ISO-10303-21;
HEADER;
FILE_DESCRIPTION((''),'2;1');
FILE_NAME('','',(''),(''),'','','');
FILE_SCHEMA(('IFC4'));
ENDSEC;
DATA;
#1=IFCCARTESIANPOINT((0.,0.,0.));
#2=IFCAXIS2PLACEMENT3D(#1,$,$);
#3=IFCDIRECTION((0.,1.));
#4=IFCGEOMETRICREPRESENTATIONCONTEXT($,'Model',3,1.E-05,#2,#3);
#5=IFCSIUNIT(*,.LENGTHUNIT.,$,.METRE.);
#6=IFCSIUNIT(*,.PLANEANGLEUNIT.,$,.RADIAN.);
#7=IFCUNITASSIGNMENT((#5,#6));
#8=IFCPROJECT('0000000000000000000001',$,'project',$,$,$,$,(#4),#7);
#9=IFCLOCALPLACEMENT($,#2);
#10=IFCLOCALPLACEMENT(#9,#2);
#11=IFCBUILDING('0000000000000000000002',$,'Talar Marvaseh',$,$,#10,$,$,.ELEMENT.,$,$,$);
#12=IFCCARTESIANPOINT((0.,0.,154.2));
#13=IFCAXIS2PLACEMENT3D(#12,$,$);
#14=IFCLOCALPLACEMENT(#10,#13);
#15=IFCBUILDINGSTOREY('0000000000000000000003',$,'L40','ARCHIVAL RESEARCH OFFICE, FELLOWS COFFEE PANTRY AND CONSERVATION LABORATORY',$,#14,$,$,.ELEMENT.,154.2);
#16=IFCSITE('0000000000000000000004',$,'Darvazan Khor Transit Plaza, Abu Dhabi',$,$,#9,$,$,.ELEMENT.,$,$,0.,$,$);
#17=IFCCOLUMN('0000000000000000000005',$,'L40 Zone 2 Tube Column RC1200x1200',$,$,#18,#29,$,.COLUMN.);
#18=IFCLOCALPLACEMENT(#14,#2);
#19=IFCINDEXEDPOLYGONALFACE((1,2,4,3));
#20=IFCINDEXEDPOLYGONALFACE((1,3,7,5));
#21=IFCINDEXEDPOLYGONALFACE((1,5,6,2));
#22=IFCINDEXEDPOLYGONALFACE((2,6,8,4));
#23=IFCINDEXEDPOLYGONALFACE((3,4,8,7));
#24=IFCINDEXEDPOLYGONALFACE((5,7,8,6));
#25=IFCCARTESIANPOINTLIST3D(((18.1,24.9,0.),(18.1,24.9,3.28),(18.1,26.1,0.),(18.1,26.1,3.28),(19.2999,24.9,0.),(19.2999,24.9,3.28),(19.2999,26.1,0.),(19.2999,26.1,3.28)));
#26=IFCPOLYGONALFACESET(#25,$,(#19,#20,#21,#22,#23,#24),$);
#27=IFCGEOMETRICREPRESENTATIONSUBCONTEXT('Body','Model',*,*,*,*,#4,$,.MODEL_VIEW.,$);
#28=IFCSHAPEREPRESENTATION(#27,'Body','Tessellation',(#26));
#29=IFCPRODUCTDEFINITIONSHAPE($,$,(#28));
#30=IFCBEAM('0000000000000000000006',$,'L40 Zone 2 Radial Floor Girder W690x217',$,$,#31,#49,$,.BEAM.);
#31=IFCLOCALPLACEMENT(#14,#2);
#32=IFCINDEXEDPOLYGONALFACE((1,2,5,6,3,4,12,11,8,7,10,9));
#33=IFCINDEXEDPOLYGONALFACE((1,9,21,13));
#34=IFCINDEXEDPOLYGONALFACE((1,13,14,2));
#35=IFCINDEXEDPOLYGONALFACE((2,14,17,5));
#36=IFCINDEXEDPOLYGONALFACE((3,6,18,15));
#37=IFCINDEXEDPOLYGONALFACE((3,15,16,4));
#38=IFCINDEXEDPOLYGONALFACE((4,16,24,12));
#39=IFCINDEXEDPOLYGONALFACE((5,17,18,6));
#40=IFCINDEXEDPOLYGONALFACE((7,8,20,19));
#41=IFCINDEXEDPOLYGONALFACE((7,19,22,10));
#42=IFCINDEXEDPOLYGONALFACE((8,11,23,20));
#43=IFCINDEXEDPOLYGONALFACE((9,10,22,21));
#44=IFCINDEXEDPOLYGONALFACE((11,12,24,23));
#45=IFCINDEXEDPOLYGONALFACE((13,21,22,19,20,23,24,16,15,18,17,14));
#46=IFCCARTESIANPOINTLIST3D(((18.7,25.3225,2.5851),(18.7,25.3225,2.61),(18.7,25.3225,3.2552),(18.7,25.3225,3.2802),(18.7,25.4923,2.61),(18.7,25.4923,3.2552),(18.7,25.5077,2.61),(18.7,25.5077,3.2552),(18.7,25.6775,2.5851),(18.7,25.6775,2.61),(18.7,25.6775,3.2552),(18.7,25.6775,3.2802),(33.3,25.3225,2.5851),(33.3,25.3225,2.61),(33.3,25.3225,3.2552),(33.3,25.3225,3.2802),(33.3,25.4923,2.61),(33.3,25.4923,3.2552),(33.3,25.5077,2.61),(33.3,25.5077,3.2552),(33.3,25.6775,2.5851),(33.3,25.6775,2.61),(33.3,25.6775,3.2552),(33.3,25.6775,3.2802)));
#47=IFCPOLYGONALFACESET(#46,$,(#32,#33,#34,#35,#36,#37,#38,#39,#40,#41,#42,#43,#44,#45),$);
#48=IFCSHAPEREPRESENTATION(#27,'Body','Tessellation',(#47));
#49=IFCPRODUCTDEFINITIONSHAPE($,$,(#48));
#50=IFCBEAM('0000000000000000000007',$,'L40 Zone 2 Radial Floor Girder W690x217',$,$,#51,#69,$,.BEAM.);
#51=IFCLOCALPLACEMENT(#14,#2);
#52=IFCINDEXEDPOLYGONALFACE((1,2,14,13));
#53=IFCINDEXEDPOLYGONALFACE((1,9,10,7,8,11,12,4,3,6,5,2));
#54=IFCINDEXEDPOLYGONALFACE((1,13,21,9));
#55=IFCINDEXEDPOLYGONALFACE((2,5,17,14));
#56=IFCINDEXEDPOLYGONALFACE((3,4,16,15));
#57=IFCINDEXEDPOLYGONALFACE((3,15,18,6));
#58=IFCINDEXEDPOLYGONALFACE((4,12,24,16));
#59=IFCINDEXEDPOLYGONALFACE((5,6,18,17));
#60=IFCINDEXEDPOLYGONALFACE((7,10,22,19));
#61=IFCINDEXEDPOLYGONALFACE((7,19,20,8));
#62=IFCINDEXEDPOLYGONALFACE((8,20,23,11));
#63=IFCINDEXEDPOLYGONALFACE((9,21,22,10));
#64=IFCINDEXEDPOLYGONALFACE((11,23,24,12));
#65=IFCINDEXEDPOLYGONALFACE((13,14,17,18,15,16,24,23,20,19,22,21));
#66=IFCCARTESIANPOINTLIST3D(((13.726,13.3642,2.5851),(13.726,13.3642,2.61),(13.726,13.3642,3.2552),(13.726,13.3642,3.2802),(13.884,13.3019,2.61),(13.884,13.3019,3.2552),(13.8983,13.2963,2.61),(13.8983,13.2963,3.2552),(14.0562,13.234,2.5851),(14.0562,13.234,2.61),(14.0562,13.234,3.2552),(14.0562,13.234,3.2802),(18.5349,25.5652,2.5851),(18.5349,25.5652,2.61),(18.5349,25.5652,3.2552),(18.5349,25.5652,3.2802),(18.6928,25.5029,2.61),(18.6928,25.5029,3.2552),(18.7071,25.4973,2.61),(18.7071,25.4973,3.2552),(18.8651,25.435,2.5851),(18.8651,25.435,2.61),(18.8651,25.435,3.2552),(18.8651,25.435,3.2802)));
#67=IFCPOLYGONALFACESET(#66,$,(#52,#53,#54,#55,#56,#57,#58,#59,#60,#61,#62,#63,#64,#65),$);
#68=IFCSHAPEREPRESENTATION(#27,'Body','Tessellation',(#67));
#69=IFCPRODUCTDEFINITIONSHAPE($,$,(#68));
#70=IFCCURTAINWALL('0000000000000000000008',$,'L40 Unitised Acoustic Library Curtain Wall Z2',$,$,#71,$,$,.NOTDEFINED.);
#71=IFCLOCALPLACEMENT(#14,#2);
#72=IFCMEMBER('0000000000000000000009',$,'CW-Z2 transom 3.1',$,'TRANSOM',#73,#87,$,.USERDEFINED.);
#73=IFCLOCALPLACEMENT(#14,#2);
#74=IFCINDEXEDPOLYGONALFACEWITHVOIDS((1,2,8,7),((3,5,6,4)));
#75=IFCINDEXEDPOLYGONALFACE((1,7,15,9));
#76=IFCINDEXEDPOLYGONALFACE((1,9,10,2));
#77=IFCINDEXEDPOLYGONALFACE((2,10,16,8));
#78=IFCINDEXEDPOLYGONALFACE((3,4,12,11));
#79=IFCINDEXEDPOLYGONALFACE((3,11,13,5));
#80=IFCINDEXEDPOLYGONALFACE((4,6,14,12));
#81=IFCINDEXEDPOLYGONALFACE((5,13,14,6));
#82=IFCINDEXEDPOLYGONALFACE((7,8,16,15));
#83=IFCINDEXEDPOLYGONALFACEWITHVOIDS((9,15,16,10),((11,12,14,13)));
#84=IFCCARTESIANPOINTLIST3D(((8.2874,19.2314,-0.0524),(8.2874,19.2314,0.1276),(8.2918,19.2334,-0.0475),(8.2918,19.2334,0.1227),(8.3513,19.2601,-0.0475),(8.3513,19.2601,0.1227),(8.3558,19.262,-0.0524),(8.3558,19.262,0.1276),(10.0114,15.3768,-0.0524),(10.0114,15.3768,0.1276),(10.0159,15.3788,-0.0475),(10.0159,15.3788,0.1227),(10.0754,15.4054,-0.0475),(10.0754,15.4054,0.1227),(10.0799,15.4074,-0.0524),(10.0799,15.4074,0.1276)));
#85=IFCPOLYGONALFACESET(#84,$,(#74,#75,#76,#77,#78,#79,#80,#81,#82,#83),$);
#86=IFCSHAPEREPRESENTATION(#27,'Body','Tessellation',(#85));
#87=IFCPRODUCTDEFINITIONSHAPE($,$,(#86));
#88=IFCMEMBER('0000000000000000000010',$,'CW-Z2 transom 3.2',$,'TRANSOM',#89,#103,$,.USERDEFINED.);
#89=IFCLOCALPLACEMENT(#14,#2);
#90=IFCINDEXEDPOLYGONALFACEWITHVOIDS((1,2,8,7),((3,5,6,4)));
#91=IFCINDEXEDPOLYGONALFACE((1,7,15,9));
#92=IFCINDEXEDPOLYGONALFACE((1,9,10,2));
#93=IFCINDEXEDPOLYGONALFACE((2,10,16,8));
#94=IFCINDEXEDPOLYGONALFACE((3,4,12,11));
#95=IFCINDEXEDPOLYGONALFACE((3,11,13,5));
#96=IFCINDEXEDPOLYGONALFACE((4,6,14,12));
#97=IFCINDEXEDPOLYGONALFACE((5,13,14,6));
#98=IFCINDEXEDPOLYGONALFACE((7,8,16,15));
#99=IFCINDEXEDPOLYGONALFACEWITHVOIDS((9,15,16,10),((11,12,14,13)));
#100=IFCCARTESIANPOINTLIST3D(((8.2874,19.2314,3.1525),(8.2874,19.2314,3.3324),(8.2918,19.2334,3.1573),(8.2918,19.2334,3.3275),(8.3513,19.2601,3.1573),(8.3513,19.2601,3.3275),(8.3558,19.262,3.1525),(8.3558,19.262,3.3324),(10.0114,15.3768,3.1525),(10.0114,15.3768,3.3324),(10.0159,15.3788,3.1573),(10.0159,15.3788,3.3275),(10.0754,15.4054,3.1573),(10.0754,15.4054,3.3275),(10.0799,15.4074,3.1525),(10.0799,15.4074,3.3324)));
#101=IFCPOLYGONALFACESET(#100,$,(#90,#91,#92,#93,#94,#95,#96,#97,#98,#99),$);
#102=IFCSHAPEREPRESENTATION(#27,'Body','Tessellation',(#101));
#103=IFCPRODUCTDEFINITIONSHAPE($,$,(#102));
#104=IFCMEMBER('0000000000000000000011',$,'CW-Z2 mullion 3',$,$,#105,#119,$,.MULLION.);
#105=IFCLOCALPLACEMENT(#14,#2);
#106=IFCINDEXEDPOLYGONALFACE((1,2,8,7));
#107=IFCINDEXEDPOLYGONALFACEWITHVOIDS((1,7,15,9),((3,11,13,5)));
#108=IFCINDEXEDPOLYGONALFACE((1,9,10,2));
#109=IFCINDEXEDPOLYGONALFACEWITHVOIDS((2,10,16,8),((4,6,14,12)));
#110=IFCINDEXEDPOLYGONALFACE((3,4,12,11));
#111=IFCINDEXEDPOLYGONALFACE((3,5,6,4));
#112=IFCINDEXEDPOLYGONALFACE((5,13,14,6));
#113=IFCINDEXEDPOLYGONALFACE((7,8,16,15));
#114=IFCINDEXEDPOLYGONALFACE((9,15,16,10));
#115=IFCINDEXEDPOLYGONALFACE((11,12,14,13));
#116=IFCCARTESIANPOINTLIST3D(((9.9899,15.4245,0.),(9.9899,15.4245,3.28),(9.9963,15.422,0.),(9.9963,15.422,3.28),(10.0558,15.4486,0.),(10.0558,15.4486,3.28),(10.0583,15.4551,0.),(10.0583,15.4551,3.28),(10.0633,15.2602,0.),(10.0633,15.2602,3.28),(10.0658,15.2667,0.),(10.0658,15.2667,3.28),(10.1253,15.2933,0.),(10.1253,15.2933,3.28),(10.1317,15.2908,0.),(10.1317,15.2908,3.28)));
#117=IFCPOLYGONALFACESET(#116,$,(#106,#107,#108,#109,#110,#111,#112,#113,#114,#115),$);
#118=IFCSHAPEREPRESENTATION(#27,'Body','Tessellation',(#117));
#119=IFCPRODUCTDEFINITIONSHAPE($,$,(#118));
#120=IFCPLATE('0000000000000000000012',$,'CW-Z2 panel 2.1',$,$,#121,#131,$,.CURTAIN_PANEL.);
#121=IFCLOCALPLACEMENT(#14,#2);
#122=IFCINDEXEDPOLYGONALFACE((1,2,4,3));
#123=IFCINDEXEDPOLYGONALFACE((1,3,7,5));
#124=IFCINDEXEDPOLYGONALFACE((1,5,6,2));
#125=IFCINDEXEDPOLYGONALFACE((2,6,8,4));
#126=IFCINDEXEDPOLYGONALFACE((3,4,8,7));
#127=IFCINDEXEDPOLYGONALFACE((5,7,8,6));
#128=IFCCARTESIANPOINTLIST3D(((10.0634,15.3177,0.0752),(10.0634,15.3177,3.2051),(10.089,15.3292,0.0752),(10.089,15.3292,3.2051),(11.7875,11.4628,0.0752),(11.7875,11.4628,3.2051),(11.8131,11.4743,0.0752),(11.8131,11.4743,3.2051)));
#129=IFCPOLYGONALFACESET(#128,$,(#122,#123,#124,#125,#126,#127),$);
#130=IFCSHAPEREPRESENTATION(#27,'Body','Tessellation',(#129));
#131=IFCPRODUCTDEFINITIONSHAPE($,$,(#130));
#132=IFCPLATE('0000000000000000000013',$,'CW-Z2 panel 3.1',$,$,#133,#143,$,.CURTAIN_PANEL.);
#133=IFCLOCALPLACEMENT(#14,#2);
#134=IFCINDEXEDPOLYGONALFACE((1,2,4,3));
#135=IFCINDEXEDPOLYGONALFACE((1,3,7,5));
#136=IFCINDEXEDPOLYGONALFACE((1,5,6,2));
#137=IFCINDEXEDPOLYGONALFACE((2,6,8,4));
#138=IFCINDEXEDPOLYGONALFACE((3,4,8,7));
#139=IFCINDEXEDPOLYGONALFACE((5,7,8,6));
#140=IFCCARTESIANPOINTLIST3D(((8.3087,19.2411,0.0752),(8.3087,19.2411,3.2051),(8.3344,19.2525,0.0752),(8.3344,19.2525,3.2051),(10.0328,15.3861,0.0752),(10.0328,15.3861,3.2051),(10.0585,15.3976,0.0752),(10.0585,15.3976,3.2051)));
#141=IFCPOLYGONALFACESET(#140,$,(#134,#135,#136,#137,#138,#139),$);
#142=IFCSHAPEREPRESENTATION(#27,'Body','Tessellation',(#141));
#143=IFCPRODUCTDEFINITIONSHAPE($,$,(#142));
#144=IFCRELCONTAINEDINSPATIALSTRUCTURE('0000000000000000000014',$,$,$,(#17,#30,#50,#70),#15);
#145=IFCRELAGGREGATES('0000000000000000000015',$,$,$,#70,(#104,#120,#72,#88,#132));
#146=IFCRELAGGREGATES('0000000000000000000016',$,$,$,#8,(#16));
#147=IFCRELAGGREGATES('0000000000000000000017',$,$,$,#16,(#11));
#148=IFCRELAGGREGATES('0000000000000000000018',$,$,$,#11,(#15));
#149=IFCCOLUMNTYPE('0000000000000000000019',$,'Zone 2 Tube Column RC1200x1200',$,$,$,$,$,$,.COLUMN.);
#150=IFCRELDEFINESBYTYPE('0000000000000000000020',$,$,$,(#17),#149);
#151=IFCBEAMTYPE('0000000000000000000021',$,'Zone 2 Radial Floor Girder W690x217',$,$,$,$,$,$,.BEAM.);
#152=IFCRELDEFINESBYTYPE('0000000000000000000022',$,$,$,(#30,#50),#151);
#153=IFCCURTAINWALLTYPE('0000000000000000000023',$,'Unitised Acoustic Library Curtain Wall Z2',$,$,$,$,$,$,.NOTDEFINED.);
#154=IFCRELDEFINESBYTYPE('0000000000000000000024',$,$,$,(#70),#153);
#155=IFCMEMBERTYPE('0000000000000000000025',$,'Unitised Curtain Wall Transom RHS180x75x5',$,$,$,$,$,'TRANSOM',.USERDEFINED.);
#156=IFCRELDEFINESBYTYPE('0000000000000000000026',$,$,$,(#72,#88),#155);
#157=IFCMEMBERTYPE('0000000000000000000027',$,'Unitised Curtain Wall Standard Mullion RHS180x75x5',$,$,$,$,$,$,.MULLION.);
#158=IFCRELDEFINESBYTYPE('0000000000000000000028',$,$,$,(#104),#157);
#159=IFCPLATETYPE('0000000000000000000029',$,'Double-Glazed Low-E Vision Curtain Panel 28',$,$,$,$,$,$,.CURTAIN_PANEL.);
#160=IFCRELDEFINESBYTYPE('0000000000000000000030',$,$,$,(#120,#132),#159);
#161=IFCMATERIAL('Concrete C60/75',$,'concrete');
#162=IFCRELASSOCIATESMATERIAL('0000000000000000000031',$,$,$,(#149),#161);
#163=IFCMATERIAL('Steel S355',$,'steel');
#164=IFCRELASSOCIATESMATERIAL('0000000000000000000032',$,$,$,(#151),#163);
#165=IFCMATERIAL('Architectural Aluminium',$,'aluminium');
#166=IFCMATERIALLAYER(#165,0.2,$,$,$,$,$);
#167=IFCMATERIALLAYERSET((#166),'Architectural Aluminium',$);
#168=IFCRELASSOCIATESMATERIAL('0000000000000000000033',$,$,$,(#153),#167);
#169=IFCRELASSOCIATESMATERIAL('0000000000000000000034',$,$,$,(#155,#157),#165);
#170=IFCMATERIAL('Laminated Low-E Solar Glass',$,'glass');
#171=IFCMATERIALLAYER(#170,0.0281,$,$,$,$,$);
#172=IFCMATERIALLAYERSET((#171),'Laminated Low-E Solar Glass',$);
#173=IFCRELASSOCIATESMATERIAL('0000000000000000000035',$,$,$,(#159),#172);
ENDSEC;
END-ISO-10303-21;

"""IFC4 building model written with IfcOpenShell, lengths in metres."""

from ifc_helpers import new_model, si_unit, direction, frame, origin, origin_2d, place, context, subcontext, project, spatial, rectangle, hollow_rectangle, i_section, extrude, source, transform, mapped, material, layer, layer_set, material_profile, profile_set, type_object, type_shapes, element, aggregate, save


model = new_model("IFC4")

# Units and contexts
model_context = context("Model", 3, precision=1e-05, world=origin(), true_north=direction((0.0, 1.0)))
body_context = subcontext(model_context, "Body", "Model", "MODEL_VIEW")
ifc_project = project(units=[si_unit("LENGTHUNIT", "METRE"), si_unit("PLANEANGLEUNIT", "RADIAN")], contexts=[model_context])

# Site, building, storey
site_placement = place(None, origin())
site = spatial("IfcSite", under=ifc_project, at=site_placement, Name="Darvazan Khor Transit Plaza, Abu Dhabi", CompositionType="ELEMENT", RefElevation=0.0)
building_placement = place(site_placement, origin())
building = spatial("IfcBuilding", under=site, at=building_placement, Name="Talar Marvaseh", CompositionType="ELEMENT")
storey_placement = place(building_placement, frame((0.0, 0.0, 154.2)))
storey = spatial("IfcBuildingStorey", under=building, at=storey_placement, Name="L40", Description="ARCHIVAL RESEARCH OFFICE, FELLOWS COFFEE PANTRY AND CONSERVATION LABORATORY", CompositionType="ELEMENT", Elevation=154.2)

# Column
ifc_material_1 = material(Name="Concrete C60/75", Category="concrete")
ifc_material_profile_1 = material_profile(ifc_material_1, rectangle(XDim=1.2, YDim=1.2, at=origin_2d()), Name="RC1200x1200")
ifc_profile_set_1 = profile_set([ifc_material_profile_1], Name="Concrete C60/75")
column_type = type_object("IfcColumnType", Name="Zone 2 Tube Column RC1200x1200", PredefinedType="COLUMN", material=ifc_profile_set_1)
column_placement = place(storey_placement, frame((18.7, 25.5, 0.0), z_axis=(0.0, 0.0, 1.0), x_axis=(1.0, 0.0, 0.0)))
element("IfcColumn", 1, at=column_placement, inside=storey, type_object=column_type, Name="L40 Zone 2 Tube Column RC1200x1200", PredefinedType="COLUMN", context=body_context, shape_type="SweptSolid", body=[
    extrude(rectangle(XDim=1.2, YDim=1.2, at=origin_2d()), origin(), (0.0, 0.0, 1.0), 3.28),
])

# Beams
ifc_material_2 = material(Name="Steel S355", Category="steel")
ifc_material_profile_2 = material_profile(ifc_material_2, i_section(OverallWidth=0.355, OverallDepth=0.6951, WebThickness=0.0154, FlangeThickness=0.0249, at=origin_2d()), Name="W690x217")
ifc_profile_set_2 = profile_set([ifc_material_profile_2], Name="Steel S355")
beam_type = type_object("IfcBeamType", Name="Zone 2 Radial Floor Girder W690x217", PredefinedType="BEAM", material=ifc_profile_set_2)
beam_1_placement = place(storey_placement, frame((18.7, 25.5, 2.9326), z_axis=(1.0, 0.0, 0.0), x_axis=(0.0, 1.0, 0.0)))
element("IfcBeam", 2, at=beam_1_placement, inside=storey, type_object=beam_type, Name="L40 Zone 2 Radial Floor Girder W690x217", PredefinedType="BEAM", context=body_context, shape_type="SweptSolid", body=[
    extrude(i_section(OverallWidth=0.355, OverallDepth=0.6951, WebThickness=0.0154, FlangeThickness=0.0249, at=origin_2d()), origin(), (0.0, 0.0, 1.0), 14.6001),
])
beam_2_placement = place(storey_placement, frame((13.8911, 13.2991, 2.9326), z_axis=(0.366684, 0.930346, 0.0), x_axis=(-0.930346, 0.366684, 0.0)))
element("IfcBeam", 3, at=beam_2_placement, inside=storey, type_object=beam_type, Name="L40 Zone 2 Radial Floor Girder W690x217", PredefinedType="BEAM", context=body_context, shape_type="SweptSolid", body=[
    extrude(i_section(OverallWidth=0.355, OverallDepth=0.6951, WebThickness=0.0154, FlangeThickness=0.0249, at=origin_2d()), origin(), (0.0, 0.0, 1.0), 13.1145),
])

# Curtain wall, members, plates
ifc_material_3 = material(Name="Architectural Aluminium", Category="aluminium")
ifc_layer_1 = layer(ifc_material_3, 0.2)
ifc_layer_set_1 = layer_set([ifc_layer_1], Name="Architectural Aluminium")
curtain_wall_type = type_object("IfcCurtainWallType", Name="Unitised Acoustic Library Curtain Wall Z2", PredefinedType="NOTDEFINED", material=ifc_layer_set_1)
curtain_wall_placement = place(storey_placement, origin())
curtain_wall = element("IfcCurtainWall", 4, at=curtain_wall_placement, inside=storey, type_object=curtain_wall_type, Name="L40 Unitised Acoustic Library Curtain Wall Z2", PredefinedType="NOTDEFINED")
ifc_material_profile_3 = material_profile(ifc_material_3, hollow_rectangle(XDim=0.075, YDim=0.1799, WallThickness=0.0049, at=origin_2d()), Name="RHS180x75x5")
ifc_profile_set_3 = profile_set([ifc_material_profile_3], Name="Architectural Aluminium")
member_type_1 = type_object("IfcMemberType", Name="Unitised Curtain Wall Transom RHS180x75x5", ElementType="TRANSOM", PredefinedType="USERDEFINED", material=ifc_profile_set_3)
shared_shape_1 = source(origin(), body_context, "Body", "SweptSolid", [
    extrude(hollow_rectangle(XDim=0.075, YDim=0.1799, WallThickness=0.0049, at=origin_2d()), origin(), (0.0, 0.0, 1.0), 4.2227),
])
type_shapes(member_type_1, [shared_shape_1])
member_1_placement = place(storey_placement, frame((10.0457, 15.3921, 0.0376), z_axis=(-0.408294, 0.912851, 0.0), x_axis=(-0.912851, -0.408294, 0.0)))
member_1 = element("IfcMember", 5, at=member_1_placement, type_object=member_type_1, Name="CW-Z2 transom 3.1", ObjectType="TRANSOM", PredefinedType="USERDEFINED", context=body_context, shape_type="MappedRepresentation", body=[
    mapped(shared_shape_1, transform((0.0, 0.0, 0.0), x_axis=(1.0, 0.0, 0.0), y_axis=(0.0, 1.0, 0.0), z_axis=(0.0, 0.0, 1.0), scale=1.0)),
])
member_2_placement = place(storey_placement, frame((10.0457, 15.3921, 3.2424), z_axis=(-0.408294, 0.912851, 0.0), x_axis=(-0.912851, -0.408294, 0.0)))
member_2 = element("IfcMember", 6, at=member_2_placement, type_object=member_type_1, Name="CW-Z2 transom 3.2", ObjectType="TRANSOM", PredefinedType="USERDEFINED", context=body_context, shape_type="MappedRepresentation", body=[
    mapped(shared_shape_1, transform((0.0, 0.0, 0.0), x_axis=(1.0, 0.0, 0.0), y_axis=(0.0, 1.0, 0.0), z_axis=(0.0, 0.0, 1.0), scale=1.0)),
])
ifc_material_profile_4 = material_profile(ifc_material_3, hollow_rectangle(XDim=0.075, YDim=0.1799, WallThickness=0.0049, at=origin_2d()), Name="RHS180x75x5")
ifc_profile_set_4 = profile_set([ifc_material_profile_4], Name="Architectural Aluminium")
member_type_2 = type_object("IfcMemberType", Name="Unitised Curtain Wall Standard Mullion RHS180x75x5", PredefinedType="MULLION", material=ifc_profile_set_4)
shared_shape_2 = source(origin(), body_context, "Body", "SweptSolid", [
    extrude(hollow_rectangle(XDim=0.075, YDim=0.1799, WallThickness=0.0049, at=origin_2d()), origin(), (0.0, 0.0, 1.0), 3.28),
])
type_shapes(member_type_2, [shared_shape_2])
member_3_placement = place(storey_placement, frame((10.0608, 15.3577, 0.0), z_axis=(0.0, 0.0, 1.0), x_axis=(-0.912861, -0.40827, 0.0)))
member_3 = element("IfcMember", 7, at=member_3_placement, type_object=member_type_2, Name="CW-Z2 mullion 3", PredefinedType="MULLION", context=body_context, shape_type="MappedRepresentation", body=[
    mapped(shared_shape_2, transform((0.0, 0.0, 0.0), x_axis=(1.0, 0.0, 0.0), y_axis=(0.0, 1.0, 0.0), z_axis=(0.0, 0.0, 1.0), scale=1.0)),
])
ifc_material_4 = material(Name="Laminated Low-E Solar Glass", Category="glass")
ifc_layer_2 = layer(ifc_material_4, 0.0281)
ifc_layer_set_2 = layer_set([ifc_layer_2], Name="Laminated Low-E Solar Glass")
plate_type = type_object("IfcPlateType", Name="Double-Glazed Low-E Vision Curtain Panel 28", PredefinedType="CURTAIN_PANEL", material=ifc_layer_set_2)
shared_shape_3 = source(origin(), body_context, "Body", "SweptSolid", [
    extrude(rectangle(XDim=4.2229, YDim=0.0281, at=origin_2d()), origin(), (0.0, 0.0, 1.0), 3.1299),
])
type_shapes(plate_type, [shared_shape_3])
plate_1_placement = place(storey_placement, frame((10.9382, 13.396, 0.0752), z_axis=(0.0, 0.0, 1.0), x_axis=(-0.40827, 0.912861, 0.0)))
plate_1 = element("IfcPlate", 8, at=plate_1_placement, type_object=plate_type, Name="CW-Z2 panel 2.1", PredefinedType="CURTAIN_PANEL", context=body_context, shape_type="MappedRepresentation", body=[
    mapped(shared_shape_3, transform((0.0, 0.0, 0.0), x_axis=(1.0, 0.0, 0.0), y_axis=(0.0, 1.0, 0.0), z_axis=(0.0, 0.0, 1.0), scale=1.0)),
])
plate_2_placement = place(storey_placement, frame((9.1836, 17.3193, 0.0752), z_axis=(0.0, 0.0, 1.0), x_axis=(-0.40827, 0.912861, 0.0)))
plate_2 = element("IfcPlate", 9, at=plate_2_placement, type_object=plate_type, Name="CW-Z2 panel 3.1", PredefinedType="CURTAIN_PANEL", context=body_context, shape_type="MappedRepresentation", body=[
    mapped(shared_shape_3, transform((0.0, 0.0, 0.0), x_axis=(1.0, 0.0, 0.0), y_axis=(0.0, 1.0, 0.0), z_axis=(0.0, 0.0, 1.0), scale=1.0)),
])
aggregate(curtain_wall, [member_3, plate_1, member_1, member_2, plate_2])

save(model, "model.ifc")
